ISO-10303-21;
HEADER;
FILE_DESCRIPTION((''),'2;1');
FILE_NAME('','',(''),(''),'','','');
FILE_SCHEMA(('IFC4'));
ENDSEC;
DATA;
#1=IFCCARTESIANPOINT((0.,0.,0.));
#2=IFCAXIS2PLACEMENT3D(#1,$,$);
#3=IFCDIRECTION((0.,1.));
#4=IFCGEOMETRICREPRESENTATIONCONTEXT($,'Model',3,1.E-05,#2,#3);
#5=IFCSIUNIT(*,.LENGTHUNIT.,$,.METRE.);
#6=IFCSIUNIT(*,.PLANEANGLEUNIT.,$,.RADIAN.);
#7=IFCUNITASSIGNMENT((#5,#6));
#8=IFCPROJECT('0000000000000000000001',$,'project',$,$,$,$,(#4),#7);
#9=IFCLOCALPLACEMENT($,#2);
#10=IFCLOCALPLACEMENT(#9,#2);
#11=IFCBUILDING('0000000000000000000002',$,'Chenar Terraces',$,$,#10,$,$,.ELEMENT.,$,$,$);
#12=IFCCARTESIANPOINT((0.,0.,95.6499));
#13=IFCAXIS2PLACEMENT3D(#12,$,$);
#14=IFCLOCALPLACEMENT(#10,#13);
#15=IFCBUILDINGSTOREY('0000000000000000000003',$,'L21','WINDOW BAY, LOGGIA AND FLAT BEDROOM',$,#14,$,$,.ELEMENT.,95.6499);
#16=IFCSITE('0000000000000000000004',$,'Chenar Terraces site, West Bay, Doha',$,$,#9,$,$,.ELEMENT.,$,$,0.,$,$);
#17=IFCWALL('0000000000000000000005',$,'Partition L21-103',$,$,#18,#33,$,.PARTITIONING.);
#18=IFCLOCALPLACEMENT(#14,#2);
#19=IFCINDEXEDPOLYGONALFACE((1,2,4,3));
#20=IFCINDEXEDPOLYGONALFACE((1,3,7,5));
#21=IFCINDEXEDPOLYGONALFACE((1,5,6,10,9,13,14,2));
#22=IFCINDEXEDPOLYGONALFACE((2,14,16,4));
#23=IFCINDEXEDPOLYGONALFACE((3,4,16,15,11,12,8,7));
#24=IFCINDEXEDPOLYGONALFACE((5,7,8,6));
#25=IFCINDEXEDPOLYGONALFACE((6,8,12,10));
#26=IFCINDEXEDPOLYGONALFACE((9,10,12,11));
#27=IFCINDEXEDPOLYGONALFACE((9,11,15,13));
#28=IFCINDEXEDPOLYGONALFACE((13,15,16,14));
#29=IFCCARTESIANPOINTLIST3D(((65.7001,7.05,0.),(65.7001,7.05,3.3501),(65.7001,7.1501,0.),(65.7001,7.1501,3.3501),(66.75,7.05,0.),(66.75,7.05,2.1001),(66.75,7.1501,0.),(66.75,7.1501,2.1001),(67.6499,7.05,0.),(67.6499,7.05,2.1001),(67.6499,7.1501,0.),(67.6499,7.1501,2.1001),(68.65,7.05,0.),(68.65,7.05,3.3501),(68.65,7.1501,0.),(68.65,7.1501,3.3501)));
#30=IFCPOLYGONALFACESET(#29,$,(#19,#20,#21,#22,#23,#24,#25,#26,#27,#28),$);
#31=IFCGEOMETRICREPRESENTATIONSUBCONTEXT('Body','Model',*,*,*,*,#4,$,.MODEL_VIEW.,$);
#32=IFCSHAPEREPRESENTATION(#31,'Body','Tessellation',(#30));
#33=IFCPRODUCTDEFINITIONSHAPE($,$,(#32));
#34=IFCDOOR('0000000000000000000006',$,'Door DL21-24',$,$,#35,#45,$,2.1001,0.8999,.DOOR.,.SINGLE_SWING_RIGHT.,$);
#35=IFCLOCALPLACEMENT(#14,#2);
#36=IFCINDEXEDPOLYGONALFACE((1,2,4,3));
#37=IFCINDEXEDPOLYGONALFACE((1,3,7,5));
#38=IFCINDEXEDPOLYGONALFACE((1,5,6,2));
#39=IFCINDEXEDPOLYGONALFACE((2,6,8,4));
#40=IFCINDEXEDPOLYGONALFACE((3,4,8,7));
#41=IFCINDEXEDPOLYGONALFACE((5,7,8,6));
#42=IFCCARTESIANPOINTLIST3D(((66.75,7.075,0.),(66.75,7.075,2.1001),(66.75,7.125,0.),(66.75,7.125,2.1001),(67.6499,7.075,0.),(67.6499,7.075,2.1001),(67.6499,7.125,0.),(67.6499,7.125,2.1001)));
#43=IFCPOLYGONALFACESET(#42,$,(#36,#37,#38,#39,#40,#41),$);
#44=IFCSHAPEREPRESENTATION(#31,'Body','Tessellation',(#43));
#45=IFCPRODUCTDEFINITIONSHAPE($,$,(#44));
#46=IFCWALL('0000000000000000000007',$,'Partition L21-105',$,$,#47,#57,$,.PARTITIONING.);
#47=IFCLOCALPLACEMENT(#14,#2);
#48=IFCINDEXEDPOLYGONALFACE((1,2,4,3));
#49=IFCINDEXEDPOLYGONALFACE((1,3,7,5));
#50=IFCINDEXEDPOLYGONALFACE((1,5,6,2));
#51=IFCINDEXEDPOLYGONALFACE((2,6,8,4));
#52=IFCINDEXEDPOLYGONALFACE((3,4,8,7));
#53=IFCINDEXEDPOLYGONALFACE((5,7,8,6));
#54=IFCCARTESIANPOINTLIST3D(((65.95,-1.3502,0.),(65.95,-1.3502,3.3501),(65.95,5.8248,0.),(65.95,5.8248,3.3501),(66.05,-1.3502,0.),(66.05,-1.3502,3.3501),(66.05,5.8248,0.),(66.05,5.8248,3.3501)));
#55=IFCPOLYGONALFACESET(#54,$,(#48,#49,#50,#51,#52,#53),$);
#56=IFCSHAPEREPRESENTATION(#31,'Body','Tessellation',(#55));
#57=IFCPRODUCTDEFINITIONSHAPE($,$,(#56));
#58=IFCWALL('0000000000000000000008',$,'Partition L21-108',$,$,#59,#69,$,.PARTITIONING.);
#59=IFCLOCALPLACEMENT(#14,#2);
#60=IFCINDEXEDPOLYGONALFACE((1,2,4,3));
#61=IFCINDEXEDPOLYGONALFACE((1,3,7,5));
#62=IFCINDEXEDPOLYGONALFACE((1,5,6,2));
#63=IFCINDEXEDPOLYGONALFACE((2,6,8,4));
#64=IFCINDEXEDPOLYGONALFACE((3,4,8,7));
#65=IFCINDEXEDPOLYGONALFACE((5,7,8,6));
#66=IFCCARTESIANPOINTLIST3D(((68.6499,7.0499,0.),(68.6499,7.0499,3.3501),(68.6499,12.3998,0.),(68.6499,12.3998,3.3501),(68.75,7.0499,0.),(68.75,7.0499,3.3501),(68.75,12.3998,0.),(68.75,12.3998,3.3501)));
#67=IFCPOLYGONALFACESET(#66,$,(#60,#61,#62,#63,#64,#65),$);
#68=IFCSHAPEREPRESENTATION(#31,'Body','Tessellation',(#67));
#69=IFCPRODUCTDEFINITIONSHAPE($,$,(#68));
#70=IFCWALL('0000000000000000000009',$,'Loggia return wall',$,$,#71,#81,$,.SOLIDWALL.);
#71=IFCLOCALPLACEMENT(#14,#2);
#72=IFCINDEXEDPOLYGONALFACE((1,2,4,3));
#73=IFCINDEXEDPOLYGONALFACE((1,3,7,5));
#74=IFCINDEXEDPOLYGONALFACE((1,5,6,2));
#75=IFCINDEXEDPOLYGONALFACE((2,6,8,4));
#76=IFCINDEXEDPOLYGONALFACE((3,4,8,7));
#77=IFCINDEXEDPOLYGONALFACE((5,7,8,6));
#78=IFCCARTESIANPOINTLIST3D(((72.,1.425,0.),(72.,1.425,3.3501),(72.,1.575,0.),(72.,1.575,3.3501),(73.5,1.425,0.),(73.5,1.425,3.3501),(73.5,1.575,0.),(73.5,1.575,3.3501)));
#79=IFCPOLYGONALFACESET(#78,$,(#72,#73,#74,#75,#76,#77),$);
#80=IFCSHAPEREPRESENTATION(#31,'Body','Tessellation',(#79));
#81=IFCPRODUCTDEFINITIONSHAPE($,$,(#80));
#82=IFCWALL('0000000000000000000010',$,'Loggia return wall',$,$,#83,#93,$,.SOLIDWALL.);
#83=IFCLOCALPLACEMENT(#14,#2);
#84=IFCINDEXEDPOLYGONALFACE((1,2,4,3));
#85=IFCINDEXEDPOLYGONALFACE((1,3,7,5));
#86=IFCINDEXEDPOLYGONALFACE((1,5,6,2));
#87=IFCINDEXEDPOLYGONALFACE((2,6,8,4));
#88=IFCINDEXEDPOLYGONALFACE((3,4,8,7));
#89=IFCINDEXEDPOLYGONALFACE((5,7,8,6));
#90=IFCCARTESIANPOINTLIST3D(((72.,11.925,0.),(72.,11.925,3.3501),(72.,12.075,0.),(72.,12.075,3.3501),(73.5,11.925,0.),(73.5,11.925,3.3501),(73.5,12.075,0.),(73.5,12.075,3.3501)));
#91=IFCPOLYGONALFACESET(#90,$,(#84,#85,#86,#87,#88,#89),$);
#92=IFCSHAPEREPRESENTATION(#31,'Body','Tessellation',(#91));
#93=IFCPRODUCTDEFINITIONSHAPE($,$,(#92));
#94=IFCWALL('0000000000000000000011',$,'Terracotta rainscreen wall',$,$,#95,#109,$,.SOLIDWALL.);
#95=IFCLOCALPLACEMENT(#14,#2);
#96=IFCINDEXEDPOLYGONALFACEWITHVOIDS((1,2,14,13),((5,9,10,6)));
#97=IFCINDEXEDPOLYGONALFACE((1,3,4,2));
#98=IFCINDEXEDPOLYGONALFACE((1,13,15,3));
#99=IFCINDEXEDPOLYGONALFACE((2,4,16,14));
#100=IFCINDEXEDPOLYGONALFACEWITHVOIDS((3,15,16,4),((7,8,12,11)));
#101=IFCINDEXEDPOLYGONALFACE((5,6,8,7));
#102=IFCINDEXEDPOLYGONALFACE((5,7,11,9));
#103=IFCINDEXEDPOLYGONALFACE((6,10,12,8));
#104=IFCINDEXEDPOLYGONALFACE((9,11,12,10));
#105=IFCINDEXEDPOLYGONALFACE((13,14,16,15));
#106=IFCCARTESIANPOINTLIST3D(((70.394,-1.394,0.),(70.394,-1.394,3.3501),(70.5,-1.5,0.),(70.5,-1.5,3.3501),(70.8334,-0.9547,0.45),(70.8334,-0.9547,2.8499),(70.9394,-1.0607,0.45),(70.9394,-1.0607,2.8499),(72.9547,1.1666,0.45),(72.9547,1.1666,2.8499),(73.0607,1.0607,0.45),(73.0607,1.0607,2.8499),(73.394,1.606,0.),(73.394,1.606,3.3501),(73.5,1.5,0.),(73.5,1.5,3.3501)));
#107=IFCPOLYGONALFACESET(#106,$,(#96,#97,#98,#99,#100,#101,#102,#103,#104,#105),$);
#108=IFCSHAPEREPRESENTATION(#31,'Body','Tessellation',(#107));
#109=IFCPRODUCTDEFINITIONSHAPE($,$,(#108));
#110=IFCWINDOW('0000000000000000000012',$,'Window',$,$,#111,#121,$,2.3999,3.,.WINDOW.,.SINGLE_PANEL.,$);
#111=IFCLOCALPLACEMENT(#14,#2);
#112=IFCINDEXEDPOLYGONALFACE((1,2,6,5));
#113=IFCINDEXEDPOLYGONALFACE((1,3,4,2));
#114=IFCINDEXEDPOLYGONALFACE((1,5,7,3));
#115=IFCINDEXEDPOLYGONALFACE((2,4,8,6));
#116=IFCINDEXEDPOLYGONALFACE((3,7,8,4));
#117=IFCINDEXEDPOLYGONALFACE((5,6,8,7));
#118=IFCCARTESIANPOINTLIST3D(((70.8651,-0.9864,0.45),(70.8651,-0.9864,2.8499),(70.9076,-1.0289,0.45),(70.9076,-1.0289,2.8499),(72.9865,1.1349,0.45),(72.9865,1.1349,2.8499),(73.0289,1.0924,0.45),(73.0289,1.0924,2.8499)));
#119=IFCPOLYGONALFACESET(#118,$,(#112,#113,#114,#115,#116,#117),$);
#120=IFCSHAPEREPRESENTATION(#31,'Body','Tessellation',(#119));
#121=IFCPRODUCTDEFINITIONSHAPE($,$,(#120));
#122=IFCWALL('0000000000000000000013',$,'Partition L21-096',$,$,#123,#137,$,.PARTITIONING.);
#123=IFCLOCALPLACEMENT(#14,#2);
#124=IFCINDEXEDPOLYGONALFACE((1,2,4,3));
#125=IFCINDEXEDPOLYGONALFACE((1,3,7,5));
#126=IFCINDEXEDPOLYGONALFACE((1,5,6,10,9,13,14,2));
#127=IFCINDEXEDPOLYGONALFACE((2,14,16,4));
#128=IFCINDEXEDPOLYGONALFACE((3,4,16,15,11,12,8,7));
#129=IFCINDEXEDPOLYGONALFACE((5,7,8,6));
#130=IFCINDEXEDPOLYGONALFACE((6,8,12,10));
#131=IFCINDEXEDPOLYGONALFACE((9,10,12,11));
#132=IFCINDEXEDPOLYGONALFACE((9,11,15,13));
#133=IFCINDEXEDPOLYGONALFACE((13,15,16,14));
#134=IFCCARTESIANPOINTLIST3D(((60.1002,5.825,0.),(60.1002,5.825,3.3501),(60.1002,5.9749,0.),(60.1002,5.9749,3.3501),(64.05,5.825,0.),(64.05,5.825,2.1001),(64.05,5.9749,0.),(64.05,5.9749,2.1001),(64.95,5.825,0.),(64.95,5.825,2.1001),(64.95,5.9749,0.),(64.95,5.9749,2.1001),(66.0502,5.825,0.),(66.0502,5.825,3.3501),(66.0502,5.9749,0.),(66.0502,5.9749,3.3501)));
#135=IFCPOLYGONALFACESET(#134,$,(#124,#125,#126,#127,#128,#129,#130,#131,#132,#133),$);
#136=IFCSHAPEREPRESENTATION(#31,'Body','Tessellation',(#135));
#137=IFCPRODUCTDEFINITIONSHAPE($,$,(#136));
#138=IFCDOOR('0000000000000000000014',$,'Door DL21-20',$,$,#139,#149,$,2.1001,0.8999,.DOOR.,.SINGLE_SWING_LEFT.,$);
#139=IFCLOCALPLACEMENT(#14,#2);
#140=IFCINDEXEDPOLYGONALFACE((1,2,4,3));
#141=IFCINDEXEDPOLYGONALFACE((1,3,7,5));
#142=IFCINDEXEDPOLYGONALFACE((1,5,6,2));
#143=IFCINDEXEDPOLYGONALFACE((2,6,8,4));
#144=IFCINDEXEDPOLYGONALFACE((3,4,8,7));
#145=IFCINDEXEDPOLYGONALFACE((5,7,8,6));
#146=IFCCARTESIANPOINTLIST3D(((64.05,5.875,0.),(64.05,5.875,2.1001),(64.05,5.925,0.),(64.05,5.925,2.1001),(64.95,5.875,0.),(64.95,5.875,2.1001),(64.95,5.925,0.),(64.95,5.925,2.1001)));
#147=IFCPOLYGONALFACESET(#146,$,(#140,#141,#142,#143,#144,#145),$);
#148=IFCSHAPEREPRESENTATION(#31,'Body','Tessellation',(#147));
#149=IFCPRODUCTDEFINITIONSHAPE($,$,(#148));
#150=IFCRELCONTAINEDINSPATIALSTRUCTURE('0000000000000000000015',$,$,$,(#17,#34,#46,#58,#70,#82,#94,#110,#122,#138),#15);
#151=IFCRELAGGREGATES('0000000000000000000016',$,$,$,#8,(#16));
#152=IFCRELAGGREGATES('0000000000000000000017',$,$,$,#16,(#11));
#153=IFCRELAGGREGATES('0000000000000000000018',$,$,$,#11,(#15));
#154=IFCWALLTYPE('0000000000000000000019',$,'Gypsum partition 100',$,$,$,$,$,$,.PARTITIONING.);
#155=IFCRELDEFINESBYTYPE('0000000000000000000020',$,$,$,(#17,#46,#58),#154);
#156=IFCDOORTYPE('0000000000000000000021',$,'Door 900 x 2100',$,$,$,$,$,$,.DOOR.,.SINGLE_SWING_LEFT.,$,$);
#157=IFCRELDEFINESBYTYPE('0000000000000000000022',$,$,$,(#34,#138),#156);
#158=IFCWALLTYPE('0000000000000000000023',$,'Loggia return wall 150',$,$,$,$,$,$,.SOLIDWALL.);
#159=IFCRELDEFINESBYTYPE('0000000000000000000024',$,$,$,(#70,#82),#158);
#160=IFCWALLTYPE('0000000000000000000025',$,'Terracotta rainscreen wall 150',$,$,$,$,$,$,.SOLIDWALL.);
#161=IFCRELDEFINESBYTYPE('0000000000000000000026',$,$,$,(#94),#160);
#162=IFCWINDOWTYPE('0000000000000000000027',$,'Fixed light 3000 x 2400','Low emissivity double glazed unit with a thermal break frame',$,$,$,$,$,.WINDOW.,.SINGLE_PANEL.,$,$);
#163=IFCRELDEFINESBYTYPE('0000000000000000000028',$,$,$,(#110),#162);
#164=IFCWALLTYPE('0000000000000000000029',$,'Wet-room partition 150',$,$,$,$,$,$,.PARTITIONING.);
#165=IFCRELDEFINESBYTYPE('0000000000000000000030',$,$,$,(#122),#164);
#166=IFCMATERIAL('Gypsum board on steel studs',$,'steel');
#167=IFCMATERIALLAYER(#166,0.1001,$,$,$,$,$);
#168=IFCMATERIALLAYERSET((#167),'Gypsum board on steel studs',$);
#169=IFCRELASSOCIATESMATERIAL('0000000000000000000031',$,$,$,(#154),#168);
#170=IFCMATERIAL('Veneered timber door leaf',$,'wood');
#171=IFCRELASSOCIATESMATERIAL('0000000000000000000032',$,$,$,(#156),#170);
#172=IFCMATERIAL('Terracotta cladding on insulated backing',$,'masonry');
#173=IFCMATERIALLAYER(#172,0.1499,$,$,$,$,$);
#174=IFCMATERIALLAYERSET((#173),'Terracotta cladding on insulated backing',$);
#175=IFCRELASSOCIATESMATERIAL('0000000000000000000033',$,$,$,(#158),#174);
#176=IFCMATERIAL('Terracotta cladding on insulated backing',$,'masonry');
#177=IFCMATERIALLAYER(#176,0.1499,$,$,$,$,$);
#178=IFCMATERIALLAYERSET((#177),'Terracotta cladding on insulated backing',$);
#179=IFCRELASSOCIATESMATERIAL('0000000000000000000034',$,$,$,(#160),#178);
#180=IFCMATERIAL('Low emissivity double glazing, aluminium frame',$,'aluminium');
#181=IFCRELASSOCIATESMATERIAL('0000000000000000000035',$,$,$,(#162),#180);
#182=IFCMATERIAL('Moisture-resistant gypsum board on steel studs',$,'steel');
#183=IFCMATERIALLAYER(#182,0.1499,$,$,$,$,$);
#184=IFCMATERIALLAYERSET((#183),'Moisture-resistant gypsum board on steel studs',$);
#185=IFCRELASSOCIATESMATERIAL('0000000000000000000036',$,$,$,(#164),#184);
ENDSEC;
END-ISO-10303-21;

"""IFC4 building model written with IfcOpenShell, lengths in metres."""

from ifc_helpers import new_model, si_unit, direction, frame, frame_2d, origin, place, context, subcontext, project, spatial, rectangle, extrude, material, layer, layer_set, type_object, element, fill, save


model = new_model("IFC4")

# Units and contexts
model_context = context("Model", 3, precision=1e-05, world=origin(), true_north=direction((0.0, 1.0)))
body_context = subcontext(model_context, "Body", "Model", "MODEL_VIEW")
ifc_project = project(units=[si_unit("LENGTHUNIT", "METRE"), si_unit("PLANEANGLEUNIT", "RADIAN")], contexts=[model_context])

# Site, building, storey
site_placement = place(None, origin())
site = spatial("IfcSite", under=ifc_project, at=site_placement, Name="Chenar Terraces site, West Bay, Doha", CompositionType="ELEMENT", RefElevation=0.0)
building_placement = place(site_placement, origin())
building = spatial("IfcBuilding", under=site, at=building_placement, Name="Chenar Terraces", CompositionType="ELEMENT")
storey_placement = place(building_placement, frame((0.0, 0.0, 95.6499)))
storey = spatial("IfcBuildingStorey", under=building, at=storey_placement, Name="L21", Description="WINDOW BAY, LOGGIA AND FLAT BEDROOM", CompositionType="ELEMENT", Elevation=95.6499)

# Wall, opening, door
ifc_material_1 = material(Name="Gypsum board on steel studs", Category="steel")
ifc_layer_1 = layer(ifc_material_1, 0.1001)
ifc_layer_set_1 = layer_set([ifc_layer_1], Name="Gypsum board on steel studs")
wall_type_1 = type_object("IfcWallType", Name="Gypsum partition 100", PredefinedType="PARTITIONING", material=ifc_layer_set_1)
wall_1_placement = place(storey_placement, frame((65.7, 7.1001, 0.0), z_axis=(0.0, 0.0, 1.0), x_axis=(1.0, 0.0, 0.0)))
wall_1 = element("IfcWall", 1, at=wall_1_placement, inside=storey, type_object=wall_type_1, Name="Partition L21-103", PredefinedType="PARTITIONING", context=body_context, shape_type="SweptSolid", body=[
    extrude(rectangle(XDim=2.95, YDim=0.1001, at=frame_2d((1.4751, 0.0))), origin(), (0.0, 0.0, 1.0), 3.3501),
])
opening_1_placement = place(wall_1_placement, frame((1.05, 0.0, 0.0)))
opening_1 = element("IfcOpeningElement", 2, at=opening_1_placement, cuts=wall_1, PredefinedType="OPENING", context=body_context, shape_type="SweptSolid", body=[
    extrude(rectangle(XDim=0.8999, YDim=2.1001, at=frame_2d((0.45, 1.05))), frame((0.0, 0.0601, 0.0), z_axis=(0.0, -1.0, 0.0), x_axis=(1.0, 0.0, 0.0)), (0.0, 0.0, 1.0), 0.1201),
])
ifc_material_2 = material(Name="Veneered timber door leaf", Category="wood")
door_type_1 = type_object("IfcDoorType", Name="Door 900 x 2100", OperationType="SINGLE_SWING_LEFT", PredefinedType="DOOR", material=ifc_material_2)
door_1_placement = place(opening_1_placement, origin())
door_1 = element("IfcDoor", 3, at=door_1_placement, inside=storey, type_object=door_type_1, Name="Door DL21-24", OperationType="SINGLE_SWING_RIGHT", OverallHeight=2.1001, OverallWidth=0.8999, PredefinedType="DOOR", context=body_context, shape_type="SweptSolid", body=[
    extrude(rectangle(XDim=0.8999, YDim=2.1001, at=frame_2d((0.45, 1.05))), frame((0.0, 0.0249, 0.0), z_axis=(0.0, -1.0, 0.0), x_axis=(1.0, 0.0, 0.0)), (0.0, 0.0, 1.0), 0.05),
])
fill(opening_1, door_1)

# Walls
wall_2_placement = place(storey_placement, frame((66.0, -1.3501, 0.0), z_axis=(0.0, 0.0, 1.0), x_axis=(0.0, 1.0, 0.0)))
element("IfcWall", 4, at=wall_2_placement, inside=storey, type_object=wall_type_1, Name="Partition L21-105", PredefinedType="PARTITIONING", context=body_context, shape_type="SweptSolid", body=[
    extrude(rectangle(XDim=7.175, YDim=0.1001, at=frame_2d((3.5874, 0.0))), origin(), (0.0, 0.0, 1.0), 3.3501),
])
wall_3_placement = place(storey_placement, frame((68.7, 7.05, 0.0), z_axis=(0.0, 0.0, 1.0), x_axis=(0.0, 1.0, 0.0)))
element("IfcWall", 5, at=wall_3_placement, inside=storey, type_object=wall_type_1, Name="Partition L21-108", PredefinedType="PARTITIONING", context=body_context, shape_type="SweptSolid", body=[
    extrude(rectangle(XDim=5.3499, YDim=0.1001, at=frame_2d((2.6748, 0.0))), origin(), (0.0, 0.0, 1.0), 3.3501),
])
ifc_material_3 = material(Name="Terracotta cladding on insulated backing", Category="masonry")
ifc_layer_2 = layer(ifc_material_3, 0.1499)
ifc_layer_set_2 = layer_set([ifc_layer_2], Name="Terracotta cladding on insulated backing")
wall_type_2 = type_object("IfcWallType", Name="Loggia return wall 150", PredefinedType="SOLIDWALL", material=ifc_layer_set_2)
for number, where, z_axis, x_axis, name in (
    (6, (73.5, 1.5, 0.0), (0.0, 0.0, 1.0), (-1.0, 0.0, 0.0), "Loggia return wall"),
    (7, (73.5, 12.0, 0.0), (0.0, 0.0, 1.0), (-1.0, 0.0, 0.0), "Loggia return wall"),
):
    element("IfcWall", number, at=place(storey_placement, frame(where, z_axis=z_axis, x_axis=x_axis)), inside=storey, type_object=wall_type_2, Name=name, PredefinedType="SOLIDWALL", context=body_context, shape_type="SweptSolid", body=[
        extrude(rectangle(XDim=1.5, YDim=0.1499, at=frame_2d((0.75, 0.0))), origin(), (0.0, 0.0, 1.0), 3.3501),
    ])

# Wall, opening, window
ifc_material_4 = material(Name="Terracotta cladding on insulated backing", Category="masonry")
ifc_layer_3 = layer(ifc_material_4, 0.1499)
ifc_layer_set_3 = layer_set([ifc_layer_3], Name="Terracotta cladding on insulated backing")
wall_type_3 = type_object("IfcWallType", Name="Terracotta rainscreen wall 150", PredefinedType="SOLIDWALL", material=ifc_layer_set_3)
wall_4_placement = place(storey_placement, frame((70.447, -1.447, 0.0), z_axis=(0.0, 0.0, 1.0), x_axis=(0.707107, 0.707107, 0.0)))
wall_4 = element("IfcWall", 8, at=wall_4_placement, inside=storey, type_object=wall_type_3, Name="Terracotta rainscreen wall", PredefinedType="SOLIDWALL", context=body_context, shape_type="SweptSolid", body=[
    extrude(rectangle(XDim=4.2427, YDim=0.1499, at=frame_2d((2.1213, 0.0))), origin(), (0.0, 0.0, 1.0), 3.3501),
])
opening_2_placement = place(wall_4_placement, frame((0.6213, 0.0, 0.45)))
opening_2 = element("IfcOpeningElement", 9, at=opening_2_placement, cuts=wall_4, PredefinedType="OPENING", context=body_context, shape_type="SweptSolid", body=[
    extrude(rectangle(XDim=3.0, YDim=2.3999, at=frame_2d((1.5, 1.2))), frame((0.0, 0.085, 0.0), z_axis=(0.0, -1.0, 0.0), x_axis=(1.0, 0.0, 0.0)), (0.0, 0.0, 1.0), 0.1699),
])
ifc_material_5 = material(Name="Low emissivity double glazing, aluminium frame", Category="aluminium")
window_type_1 = type_object("IfcWindowType", Name="Fixed light 3000 x 2400", Description="Low emissivity double glazed unit with a thermal break frame", PartitioningType="SINGLE_PANEL", PredefinedType="WINDOW", material=ifc_material_5)
window_1_placement = place(opening_2_placement, origin())
window_1 = element("IfcWindow", 10, at=window_1_placement, inside=storey, type_object=window_type_1, Name="Window", OverallHeight=2.3999, OverallWidth=3.0, PartitioningType="SINGLE_PANEL", PredefinedType="WINDOW", context=body_context, shape_type="SweptSolid", body=[
    extrude(rectangle(XDim=3.0, YDim=2.3999, at=frame_2d((1.5, 1.2))), frame((0.0, 0.03, 0.0), z_axis=(0.0, -1.0, 0.0), x_axis=(1.0, 0.0, 0.0)), (0.0, 0.0, 1.0), 0.0601),
])
fill(opening_2, window_1)

# Wall, opening, door
ifc_material_6 = material(Name="Moisture-resistant gypsum board on steel studs", Category="steel")
ifc_layer_4 = layer(ifc_material_6, 0.1499)
ifc_layer_set_4 = layer_set([ifc_layer_4], Name="Moisture-resistant gypsum board on steel studs")
wall_type_4 = type_object("IfcWallType", Name="Wet-room partition 150", PredefinedType="PARTITIONING", material=ifc_layer_set_4)
wall_5_placement = place(storey_placement, frame((60.1001, 5.8999, 0.0), z_axis=(0.0, 0.0, 1.0), x_axis=(1.0, 0.0, 0.0)))
wall_5 = element("IfcWall", 11, at=wall_5_placement, inside=storey, type_object=wall_type_4, Name="Partition L21-096", PredefinedType="PARTITIONING", context=body_context, shape_type="SweptSolid", body=[
    extrude(rectangle(XDim=5.95, YDim=0.1499, at=frame_2d((2.9751, 0.0))), origin(), (0.0, 0.0, 1.0), 3.3501),
])
opening_3_placement = place(wall_5_placement, frame((3.95, 0.0, 0.0)))
opening_3 = element("IfcOpeningElement", 12, at=opening_3_placement, cuts=wall_5, PredefinedType="OPENING", context=body_context, shape_type="SweptSolid", body=[
    extrude(rectangle(XDim=0.8999, YDim=2.1001, at=frame_2d((0.45, 1.05))), frame((0.0, 0.085, 0.0), z_axis=(0.0, -1.0, 0.0), x_axis=(1.0, 0.0, 0.0)), (0.0, 0.0, 1.0), 0.1699),
])
door_2_placement = place(opening_3_placement, frame((0.8999, 0.0, 0.0), z_axis=(0.0, 0.0, 1.0), x_axis=(-1.0, 0.0, 0.0)))
door_2 = element("IfcDoor", 13, at=door_2_placement, inside=storey, type_object=door_type_1, Name="Door DL21-20", OperationType="SINGLE_SWING_LEFT", OverallHeight=2.1001, OverallWidth=0.8999, PredefinedType="DOOR", context=body_context, shape_type="SweptSolid", body=[
    extrude(rectangle(XDim=0.8999, YDim=2.1001, at=frame_2d((0.45, 1.05))), frame((0.0, 0.0249, 0.0), z_axis=(0.0, -1.0, 0.0), x_axis=(1.0, 0.0, 0.0)), (0.0, 0.0, 1.0), 0.05),
])
fill(opening_3, door_2)

save(model, "model.ifc")
